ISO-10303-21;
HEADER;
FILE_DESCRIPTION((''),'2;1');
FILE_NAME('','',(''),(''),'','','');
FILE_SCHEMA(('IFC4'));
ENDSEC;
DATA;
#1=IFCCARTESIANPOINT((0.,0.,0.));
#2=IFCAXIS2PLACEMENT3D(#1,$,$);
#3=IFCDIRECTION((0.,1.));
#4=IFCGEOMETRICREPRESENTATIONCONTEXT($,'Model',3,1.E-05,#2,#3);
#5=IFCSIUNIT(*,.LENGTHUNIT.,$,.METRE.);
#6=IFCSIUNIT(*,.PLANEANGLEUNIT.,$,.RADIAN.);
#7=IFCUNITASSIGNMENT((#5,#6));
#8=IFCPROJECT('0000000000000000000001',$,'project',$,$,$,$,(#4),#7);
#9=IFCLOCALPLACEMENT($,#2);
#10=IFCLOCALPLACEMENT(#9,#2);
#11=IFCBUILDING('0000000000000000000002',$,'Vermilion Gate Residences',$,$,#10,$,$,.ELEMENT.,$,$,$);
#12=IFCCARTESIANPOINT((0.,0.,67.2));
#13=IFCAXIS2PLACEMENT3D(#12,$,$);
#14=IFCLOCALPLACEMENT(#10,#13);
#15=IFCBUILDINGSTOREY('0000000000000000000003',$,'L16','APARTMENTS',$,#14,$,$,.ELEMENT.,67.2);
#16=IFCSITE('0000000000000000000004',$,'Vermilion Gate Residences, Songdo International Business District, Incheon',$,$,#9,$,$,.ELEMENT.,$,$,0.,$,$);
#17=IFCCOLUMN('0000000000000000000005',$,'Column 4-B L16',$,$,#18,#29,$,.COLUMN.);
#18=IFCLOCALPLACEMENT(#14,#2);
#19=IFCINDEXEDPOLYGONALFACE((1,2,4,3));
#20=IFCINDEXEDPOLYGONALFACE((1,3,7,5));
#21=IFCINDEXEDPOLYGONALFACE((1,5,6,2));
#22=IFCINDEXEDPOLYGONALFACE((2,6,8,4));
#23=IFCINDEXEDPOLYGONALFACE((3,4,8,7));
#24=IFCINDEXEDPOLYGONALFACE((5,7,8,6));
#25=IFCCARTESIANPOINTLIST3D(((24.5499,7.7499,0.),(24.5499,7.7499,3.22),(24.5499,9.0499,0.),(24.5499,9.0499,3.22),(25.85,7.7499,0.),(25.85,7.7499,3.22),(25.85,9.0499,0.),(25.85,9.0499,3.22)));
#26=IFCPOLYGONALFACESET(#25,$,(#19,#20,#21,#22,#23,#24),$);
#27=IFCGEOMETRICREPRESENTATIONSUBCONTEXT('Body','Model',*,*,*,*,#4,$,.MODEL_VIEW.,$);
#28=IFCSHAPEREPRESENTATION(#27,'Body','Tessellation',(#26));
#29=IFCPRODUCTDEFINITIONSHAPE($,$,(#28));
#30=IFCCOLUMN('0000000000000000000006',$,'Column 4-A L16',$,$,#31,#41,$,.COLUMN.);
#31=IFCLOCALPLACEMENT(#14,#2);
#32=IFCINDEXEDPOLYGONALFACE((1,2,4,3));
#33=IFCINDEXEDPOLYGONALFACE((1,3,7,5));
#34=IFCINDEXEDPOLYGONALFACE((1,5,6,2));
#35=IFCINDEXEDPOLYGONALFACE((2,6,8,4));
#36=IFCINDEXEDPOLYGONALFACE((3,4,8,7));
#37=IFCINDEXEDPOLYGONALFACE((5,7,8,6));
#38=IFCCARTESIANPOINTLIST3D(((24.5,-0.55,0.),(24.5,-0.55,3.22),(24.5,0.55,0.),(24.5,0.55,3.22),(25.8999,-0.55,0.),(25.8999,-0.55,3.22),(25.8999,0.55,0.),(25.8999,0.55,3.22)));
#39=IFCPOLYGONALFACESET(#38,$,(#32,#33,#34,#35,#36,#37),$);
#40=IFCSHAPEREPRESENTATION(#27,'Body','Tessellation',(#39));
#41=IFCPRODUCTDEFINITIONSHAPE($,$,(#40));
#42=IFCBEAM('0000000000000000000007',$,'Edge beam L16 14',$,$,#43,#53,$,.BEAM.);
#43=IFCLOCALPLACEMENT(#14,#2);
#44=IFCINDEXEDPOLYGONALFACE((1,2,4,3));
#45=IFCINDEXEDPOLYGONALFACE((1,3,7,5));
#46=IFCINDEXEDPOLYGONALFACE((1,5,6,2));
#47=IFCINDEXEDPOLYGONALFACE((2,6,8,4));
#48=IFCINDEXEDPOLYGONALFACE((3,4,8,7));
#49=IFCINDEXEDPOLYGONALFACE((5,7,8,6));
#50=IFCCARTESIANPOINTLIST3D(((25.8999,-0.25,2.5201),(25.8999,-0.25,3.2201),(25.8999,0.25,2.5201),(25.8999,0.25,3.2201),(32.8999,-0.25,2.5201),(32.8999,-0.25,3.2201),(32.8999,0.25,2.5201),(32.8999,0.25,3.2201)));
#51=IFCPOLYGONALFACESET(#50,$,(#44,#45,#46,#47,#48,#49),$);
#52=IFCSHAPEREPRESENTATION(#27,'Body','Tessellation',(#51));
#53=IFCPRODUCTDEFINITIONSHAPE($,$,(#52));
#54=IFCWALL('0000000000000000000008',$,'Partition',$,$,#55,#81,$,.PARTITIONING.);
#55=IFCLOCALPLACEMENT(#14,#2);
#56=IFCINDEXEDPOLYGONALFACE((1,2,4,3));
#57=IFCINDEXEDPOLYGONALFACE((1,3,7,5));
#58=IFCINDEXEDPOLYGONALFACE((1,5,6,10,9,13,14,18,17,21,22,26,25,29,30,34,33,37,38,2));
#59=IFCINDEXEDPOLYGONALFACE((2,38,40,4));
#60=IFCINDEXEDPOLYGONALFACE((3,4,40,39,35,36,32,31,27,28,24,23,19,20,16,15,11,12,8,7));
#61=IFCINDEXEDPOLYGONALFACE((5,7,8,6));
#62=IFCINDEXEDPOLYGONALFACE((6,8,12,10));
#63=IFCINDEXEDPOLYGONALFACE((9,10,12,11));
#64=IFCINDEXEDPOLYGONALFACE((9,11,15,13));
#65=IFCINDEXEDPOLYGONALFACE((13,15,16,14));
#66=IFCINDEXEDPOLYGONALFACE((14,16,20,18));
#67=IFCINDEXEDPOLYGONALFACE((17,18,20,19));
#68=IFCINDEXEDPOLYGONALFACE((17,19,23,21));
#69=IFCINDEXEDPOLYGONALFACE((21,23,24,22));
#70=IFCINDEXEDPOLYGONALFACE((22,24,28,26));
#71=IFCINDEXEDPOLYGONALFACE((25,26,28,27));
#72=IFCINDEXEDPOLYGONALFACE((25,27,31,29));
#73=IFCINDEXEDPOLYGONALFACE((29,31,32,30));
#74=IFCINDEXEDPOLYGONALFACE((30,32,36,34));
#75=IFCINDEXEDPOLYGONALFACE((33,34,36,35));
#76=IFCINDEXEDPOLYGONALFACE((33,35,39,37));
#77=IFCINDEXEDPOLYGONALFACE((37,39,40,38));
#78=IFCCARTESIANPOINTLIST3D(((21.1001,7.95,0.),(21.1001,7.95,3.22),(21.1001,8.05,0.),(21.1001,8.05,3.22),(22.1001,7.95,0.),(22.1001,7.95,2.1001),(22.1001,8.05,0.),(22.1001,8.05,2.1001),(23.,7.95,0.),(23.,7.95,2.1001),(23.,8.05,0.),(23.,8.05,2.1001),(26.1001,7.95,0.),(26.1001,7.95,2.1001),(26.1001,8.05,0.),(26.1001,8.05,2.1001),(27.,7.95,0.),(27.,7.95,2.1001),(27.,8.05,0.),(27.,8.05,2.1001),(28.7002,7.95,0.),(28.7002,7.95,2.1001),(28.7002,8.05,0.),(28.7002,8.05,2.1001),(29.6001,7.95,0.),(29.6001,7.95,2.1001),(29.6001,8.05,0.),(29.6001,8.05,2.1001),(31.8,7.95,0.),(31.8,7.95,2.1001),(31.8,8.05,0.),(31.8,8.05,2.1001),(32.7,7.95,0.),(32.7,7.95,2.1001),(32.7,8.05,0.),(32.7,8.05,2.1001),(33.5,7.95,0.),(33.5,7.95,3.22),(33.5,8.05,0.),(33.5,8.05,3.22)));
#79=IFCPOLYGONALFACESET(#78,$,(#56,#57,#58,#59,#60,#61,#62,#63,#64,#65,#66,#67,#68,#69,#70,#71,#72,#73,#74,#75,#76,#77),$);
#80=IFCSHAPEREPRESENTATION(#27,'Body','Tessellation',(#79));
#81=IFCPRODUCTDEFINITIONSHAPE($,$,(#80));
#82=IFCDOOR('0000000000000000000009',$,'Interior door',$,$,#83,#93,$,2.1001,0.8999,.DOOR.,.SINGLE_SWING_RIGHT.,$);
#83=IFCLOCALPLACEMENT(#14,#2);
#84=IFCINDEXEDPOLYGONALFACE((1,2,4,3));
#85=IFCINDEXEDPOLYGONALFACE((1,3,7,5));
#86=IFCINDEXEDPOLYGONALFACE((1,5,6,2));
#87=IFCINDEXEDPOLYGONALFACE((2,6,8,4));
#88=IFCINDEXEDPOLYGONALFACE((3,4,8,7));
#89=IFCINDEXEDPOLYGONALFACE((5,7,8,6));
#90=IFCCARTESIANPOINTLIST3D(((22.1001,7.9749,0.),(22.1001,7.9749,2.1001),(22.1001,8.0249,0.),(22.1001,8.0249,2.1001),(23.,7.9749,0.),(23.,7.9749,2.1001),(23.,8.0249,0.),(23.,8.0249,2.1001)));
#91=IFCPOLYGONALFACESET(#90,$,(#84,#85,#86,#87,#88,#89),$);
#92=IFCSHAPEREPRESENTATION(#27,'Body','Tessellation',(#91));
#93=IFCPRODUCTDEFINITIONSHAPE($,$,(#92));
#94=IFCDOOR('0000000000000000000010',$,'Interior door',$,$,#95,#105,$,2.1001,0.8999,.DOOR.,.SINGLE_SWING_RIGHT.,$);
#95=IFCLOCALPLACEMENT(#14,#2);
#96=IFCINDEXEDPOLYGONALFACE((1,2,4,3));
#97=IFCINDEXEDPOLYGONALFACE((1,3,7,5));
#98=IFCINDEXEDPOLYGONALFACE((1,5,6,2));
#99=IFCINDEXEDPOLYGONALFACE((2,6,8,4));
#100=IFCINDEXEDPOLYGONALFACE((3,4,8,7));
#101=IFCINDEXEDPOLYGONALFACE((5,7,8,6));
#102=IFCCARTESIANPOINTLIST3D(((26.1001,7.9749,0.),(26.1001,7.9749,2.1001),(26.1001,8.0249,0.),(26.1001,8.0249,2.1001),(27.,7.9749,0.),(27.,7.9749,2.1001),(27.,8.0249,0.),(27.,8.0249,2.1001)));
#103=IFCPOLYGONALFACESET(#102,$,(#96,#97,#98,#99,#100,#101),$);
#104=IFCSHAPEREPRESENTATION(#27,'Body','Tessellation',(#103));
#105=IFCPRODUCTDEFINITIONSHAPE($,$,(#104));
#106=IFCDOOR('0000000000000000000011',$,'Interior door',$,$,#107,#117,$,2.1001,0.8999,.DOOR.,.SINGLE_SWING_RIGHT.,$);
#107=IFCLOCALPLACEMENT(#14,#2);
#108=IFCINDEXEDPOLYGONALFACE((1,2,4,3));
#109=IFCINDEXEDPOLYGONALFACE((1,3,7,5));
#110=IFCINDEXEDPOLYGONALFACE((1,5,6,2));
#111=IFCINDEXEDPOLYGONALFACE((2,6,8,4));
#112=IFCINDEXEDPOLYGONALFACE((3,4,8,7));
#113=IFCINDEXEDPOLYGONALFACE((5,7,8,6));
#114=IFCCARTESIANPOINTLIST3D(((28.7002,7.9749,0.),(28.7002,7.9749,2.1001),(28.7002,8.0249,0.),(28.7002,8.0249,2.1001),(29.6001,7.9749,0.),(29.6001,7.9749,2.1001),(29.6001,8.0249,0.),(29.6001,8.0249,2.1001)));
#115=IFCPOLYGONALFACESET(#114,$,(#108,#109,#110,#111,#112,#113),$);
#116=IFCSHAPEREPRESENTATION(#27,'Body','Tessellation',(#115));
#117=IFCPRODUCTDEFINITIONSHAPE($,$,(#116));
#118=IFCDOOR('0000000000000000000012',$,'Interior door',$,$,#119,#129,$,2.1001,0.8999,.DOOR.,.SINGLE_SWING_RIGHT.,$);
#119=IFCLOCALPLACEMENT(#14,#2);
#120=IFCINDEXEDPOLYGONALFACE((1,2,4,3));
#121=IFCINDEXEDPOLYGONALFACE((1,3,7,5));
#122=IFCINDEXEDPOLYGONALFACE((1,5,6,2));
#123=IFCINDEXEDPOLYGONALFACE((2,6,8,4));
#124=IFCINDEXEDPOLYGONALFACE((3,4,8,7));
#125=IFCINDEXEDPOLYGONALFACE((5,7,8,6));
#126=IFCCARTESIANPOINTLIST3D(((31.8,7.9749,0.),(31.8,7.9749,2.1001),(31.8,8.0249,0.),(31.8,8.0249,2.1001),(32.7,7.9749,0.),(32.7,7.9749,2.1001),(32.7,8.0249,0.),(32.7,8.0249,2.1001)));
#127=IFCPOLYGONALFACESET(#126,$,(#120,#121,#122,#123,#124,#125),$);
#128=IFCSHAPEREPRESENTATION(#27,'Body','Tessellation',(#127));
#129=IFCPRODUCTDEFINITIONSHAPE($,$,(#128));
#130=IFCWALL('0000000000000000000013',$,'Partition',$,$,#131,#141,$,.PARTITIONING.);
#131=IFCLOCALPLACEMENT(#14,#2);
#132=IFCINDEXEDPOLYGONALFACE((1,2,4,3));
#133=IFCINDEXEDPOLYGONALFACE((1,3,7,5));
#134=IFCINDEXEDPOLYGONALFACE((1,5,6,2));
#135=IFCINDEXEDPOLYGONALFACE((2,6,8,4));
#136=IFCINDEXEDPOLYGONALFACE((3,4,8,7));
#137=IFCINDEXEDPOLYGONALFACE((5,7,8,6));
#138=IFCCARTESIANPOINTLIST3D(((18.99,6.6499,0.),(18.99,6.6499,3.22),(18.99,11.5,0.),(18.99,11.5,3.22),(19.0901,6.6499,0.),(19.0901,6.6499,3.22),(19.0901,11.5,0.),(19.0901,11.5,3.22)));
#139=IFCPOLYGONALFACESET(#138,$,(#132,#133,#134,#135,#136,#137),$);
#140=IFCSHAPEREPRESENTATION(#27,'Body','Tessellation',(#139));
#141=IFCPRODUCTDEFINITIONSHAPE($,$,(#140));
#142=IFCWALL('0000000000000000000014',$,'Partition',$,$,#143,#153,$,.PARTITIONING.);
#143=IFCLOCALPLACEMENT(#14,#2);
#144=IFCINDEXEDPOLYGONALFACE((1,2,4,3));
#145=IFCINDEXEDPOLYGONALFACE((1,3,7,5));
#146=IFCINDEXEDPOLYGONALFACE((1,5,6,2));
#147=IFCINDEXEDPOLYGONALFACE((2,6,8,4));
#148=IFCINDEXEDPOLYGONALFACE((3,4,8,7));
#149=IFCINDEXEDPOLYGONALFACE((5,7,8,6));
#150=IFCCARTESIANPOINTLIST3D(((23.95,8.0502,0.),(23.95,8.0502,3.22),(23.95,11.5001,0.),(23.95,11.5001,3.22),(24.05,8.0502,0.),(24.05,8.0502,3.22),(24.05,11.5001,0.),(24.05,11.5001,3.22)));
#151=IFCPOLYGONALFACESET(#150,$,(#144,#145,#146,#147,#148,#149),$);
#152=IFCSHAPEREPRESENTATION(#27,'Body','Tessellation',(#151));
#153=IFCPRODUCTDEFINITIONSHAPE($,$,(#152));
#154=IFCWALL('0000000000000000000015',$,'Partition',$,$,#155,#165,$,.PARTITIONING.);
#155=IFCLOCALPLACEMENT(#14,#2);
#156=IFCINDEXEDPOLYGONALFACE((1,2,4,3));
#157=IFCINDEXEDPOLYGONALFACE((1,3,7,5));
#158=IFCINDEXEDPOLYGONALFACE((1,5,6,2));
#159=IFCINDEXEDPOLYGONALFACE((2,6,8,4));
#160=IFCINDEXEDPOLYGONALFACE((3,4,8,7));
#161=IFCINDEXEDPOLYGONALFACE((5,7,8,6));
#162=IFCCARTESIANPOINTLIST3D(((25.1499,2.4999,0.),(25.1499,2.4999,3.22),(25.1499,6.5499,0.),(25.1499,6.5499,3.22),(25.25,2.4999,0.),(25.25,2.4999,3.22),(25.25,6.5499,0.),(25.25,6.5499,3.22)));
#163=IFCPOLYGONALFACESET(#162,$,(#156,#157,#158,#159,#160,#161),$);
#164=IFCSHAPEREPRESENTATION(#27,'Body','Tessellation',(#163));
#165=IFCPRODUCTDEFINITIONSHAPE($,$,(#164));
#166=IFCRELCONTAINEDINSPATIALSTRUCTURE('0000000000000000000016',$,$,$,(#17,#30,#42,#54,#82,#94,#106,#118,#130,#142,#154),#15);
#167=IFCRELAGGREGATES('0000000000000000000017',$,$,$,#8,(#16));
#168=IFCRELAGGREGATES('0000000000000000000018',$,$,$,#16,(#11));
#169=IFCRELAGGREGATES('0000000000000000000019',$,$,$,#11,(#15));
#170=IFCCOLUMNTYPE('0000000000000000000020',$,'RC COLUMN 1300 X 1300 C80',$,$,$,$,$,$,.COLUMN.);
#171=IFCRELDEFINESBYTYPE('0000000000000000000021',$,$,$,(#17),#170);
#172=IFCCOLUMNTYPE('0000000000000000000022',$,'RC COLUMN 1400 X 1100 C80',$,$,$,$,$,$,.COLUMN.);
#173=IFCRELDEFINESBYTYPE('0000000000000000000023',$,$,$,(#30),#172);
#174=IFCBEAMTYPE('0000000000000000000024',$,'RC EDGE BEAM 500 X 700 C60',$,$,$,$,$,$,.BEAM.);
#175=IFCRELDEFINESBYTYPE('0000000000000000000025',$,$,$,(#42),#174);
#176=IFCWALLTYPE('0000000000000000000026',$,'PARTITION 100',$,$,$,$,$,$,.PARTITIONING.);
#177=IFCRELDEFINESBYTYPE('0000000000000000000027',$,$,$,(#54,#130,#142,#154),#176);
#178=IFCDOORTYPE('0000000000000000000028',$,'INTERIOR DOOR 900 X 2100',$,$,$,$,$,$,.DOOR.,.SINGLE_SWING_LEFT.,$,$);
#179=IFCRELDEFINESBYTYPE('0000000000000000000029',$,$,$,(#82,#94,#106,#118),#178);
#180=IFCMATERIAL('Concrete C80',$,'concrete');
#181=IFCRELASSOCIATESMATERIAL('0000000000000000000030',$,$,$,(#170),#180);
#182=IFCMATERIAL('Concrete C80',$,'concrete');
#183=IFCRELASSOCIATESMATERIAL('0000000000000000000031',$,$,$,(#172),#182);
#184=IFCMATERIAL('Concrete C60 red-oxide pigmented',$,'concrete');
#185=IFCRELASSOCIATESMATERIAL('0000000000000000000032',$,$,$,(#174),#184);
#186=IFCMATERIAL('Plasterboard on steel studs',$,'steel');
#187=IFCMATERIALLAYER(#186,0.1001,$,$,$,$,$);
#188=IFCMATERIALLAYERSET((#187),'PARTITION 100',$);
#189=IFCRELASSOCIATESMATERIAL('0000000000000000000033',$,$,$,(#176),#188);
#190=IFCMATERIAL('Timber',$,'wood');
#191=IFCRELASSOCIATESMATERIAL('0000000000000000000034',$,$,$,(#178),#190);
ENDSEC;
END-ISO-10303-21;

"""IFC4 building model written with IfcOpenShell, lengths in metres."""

from ifc_helpers import new_model, si_unit, direction, frame, frame_2d, origin, origin_2d, place, context, subcontext, project, spatial, rectangle, extrude, material, layer, layer_set, material_profile, profile_set, type_object, element, fill, save


model = new_model("IFC4")

# Units and contexts
model_context = context("Model", 3, precision=1e-05, world=origin(), true_north=direction((0.0, 1.0)))
body_context = subcontext(model_context, "Body", "Model", "MODEL_VIEW")
ifc_project = project(units=[si_unit("LENGTHUNIT", "METRE"), si_unit("PLANEANGLEUNIT", "RADIAN")], contexts=[model_context])

# Site, building, storey
site_placement = place(None, origin())
site = spatial("IfcSite", under=ifc_project, at=site_placement, Name="Vermilion Gate Residences, Songdo International Business District, Incheon", CompositionType="ELEMENT", RefElevation=0.0)
building_placement = place(site_placement, origin())
building = spatial("IfcBuilding", under=site, at=building_placement, Name="Vermilion Gate Residences", CompositionType="ELEMENT")
storey_placement = place(building_placement, frame((0.0, 0.0, 67.2)))
storey = spatial("IfcBuildingStorey", under=building, at=storey_placement, Name="L16", Description="APARTMENTS", CompositionType="ELEMENT", Elevation=67.2)

# Columns
ifc_material_1 = material(Name="Concrete C80", Category="concrete")
ifc_material_profile_1 = material_profile(ifc_material_1, rectangle(XDim=1.3, YDim=1.3, at=origin_2d()), Name="RC-1300x1300")
ifc_profile_set_1 = profile_set([ifc_material_profile_1], Name="Concrete C80")
column_type_1 = type_object("IfcColumnType", Name="RC COLUMN 1300 X 1300 C80", PredefinedType="COLUMN", material=ifc_profile_set_1)
column_1_placement = place(storey_placement, frame((25.2, 8.3999, 0.0), z_axis=(0.0, 0.0, 1.0), x_axis=(1.0, 0.0, 0.0)))
element("IfcColumn", 1, at=column_1_placement, inside=storey, type_object=column_type_1, Name="Column 4-B L16", PredefinedType="COLUMN", context=body_context, shape_type="SweptSolid", body=[
    extrude(rectangle(XDim=1.3, YDim=1.3, at=origin_2d()), origin(), (0.0, 0.0, 1.0), 3.22),
])
ifc_material_2 = material(Name="Concrete C80", Category="concrete")
ifc_material_profile_2 = material_profile(ifc_material_2, rectangle(XDim=1.3999, YDim=1.1001, at=origin_2d()), Name="RC-1400x1100")
ifc_profile_set_2 = profile_set([ifc_material_profile_2], Name="Concrete C80")
column_type_2 = type_object("IfcColumnType", Name="RC COLUMN 1400 X 1100 C80", PredefinedType="COLUMN", material=ifc_profile_set_2)
column_2_placement = place(storey_placement, frame((25.2, 0.0, 0.0), z_axis=(0.0, 0.0, 1.0), x_axis=(1.0, 0.0, 0.0)))
element("IfcColumn", 2, at=column_2_placement, inside=storey, type_object=column_type_2, Name="Column 4-A L16", PredefinedType="COLUMN", context=body_context, shape_type="SweptSolid", body=[
    extrude(rectangle(XDim=1.3999, YDim=1.1001, at=origin_2d()), origin(), (0.0, 0.0, 1.0), 3.22),
])

# Beam
ifc_material_3 = material(Name="Concrete C60 red-oxide pigmented", Category="concrete")
ifc_material_profile_3 = material_profile(ifc_material_3, rectangle(XDim=0.5, YDim=0.7, at=origin_2d()), Name="RC-500x700")
ifc_profile_set_3 = profile_set([ifc_material_profile_3], Name="Concrete C60 red-oxide pigmented")
beam_type = type_object("IfcBeamType", Name="RC EDGE BEAM 500 X 700 C60", PredefinedType="BEAM", material=ifc_profile_set_3)
beam_placement = place(storey_placement, frame((25.8999, 0.0, 2.8701), z_axis=(1.0, 0.0, 0.0), x_axis=(0.0, 1.0, 0.0)))
element("IfcBeam", 3, at=beam_placement, inside=storey, type_object=beam_type, Name="Edge beam L16 14", PredefinedType="BEAM", context=body_context, shape_type="SweptSolid", body=[
    extrude(rectangle(XDim=0.5, YDim=0.7, at=origin_2d()), origin(), (0.0, 0.0, 1.0), 7.0),
])

# Wall, openings, doors
ifc_material_4 = material(Name="Plasterboard on steel studs", Category="steel")
ifc_layer_1 = layer(ifc_material_4, 0.1001)
ifc_layer_set_1 = layer_set([ifc_layer_1], Name="PARTITION 100")
wall_type_1 = type_object("IfcWallType", Name="PARTITION 100", PredefinedType="PARTITIONING", material=ifc_layer_set_1)
wall_1_placement = place(storey_placement, frame((21.1001, 8.0, 0.0), z_axis=(0.0, 0.0, 1.0), x_axis=(1.0, 0.0, 0.0)))
wall_1 = element("IfcWall", 4, at=wall_1_placement, inside=storey, type_object=wall_type_1, Name="Partition", PredefinedType="PARTITIONING", context=body_context, shape_type="SweptSolid", body=[
    extrude(rectangle(XDim=12.3999, YDim=0.1001, at=frame_2d((6.2, 0.0))), origin(), (0.0, 0.0, 1.0), 3.22),
])
opening_1_placement = place(wall_1_placement, frame((1.0, 0.0, 0.0)))
opening_1 = element("IfcOpeningElement", 5, at=opening_1_placement, cuts=wall_1, PredefinedType="OPENING", context=body_context, shape_type="SweptSolid", body=[
    extrude(rectangle(XDim=0.8999, YDim=2.1001, at=frame_2d((0.45, 1.05))), frame((0.0, 0.0601, 0.0), z_axis=(0.0, -1.0, 0.0), x_axis=(1.0, 0.0, 0.0)), (0.0, 0.0, 1.0), 0.1201),
])
opening_2_placement = place(wall_1_placement, frame((5.0, 0.0, 0.0)))
opening_2 = element("IfcOpeningElement", 6, at=opening_2_placement, cuts=wall_1, PredefinedType="OPENING", context=body_context, shape_type="SweptSolid", body=[
    extrude(rectangle(XDim=0.8999, YDim=2.1001, at=frame_2d((0.45, 1.05))), frame((0.0, 0.0601, 0.0), z_axis=(0.0, -1.0, 0.0), x_axis=(1.0, 0.0, 0.0)), (0.0, 0.0, 1.0), 0.1201),
])
opening_3_placement = place(wall_1_placement, frame((7.6001, 0.0, 0.0)))
opening_3 = element("IfcOpeningElement", 7, at=opening_3_placement, cuts=wall_1, PredefinedType="OPENING", context=body_context, shape_type="SweptSolid", body=[
    extrude(rectangle(XDim=0.8999, YDim=2.1001, at=frame_2d((0.45, 1.05))), frame((0.0, 0.0601, 0.0), z_axis=(0.0, -1.0, 0.0), x_axis=(1.0, 0.0, 0.0)), (0.0, 0.0, 1.0), 0.1201),
])
opening_4_placement = place(wall_1_placement, frame((10.7, 0.0, 0.0)))
opening_4 = element("IfcOpeningElement", 8, at=opening_4_placement, cuts=wall_1, PredefinedType="OPENING", context=body_context, shape_type="SweptSolid", body=[
    extrude(rectangle(XDim=0.8999, YDim=2.1001, at=frame_2d((0.45, 1.05))), frame((0.0, 0.0601, 0.0), z_axis=(0.0, -1.0, 0.0), x_axis=(1.0, 0.0, 0.0)), (0.0, 0.0, 1.0), 0.1201),
])
ifc_material_5 = material(Name="Timber", Category="wood")
door_type = type_object("IfcDoorType", Name="INTERIOR DOOR 900 X 2100", OperationType="SINGLE_SWING_LEFT", PredefinedType="DOOR", material=ifc_material_5)
door_1_placement = place(opening_1_placement, origin())
door_1 = element("IfcDoor", 9, at=door_1_placement, inside=storey, type_object=door_type, Name="Interior door", OperationType="SINGLE_SWING_RIGHT", OverallHeight=2.1001, OverallWidth=0.8999, PredefinedType="DOOR", context=body_context, shape_type="SweptSolid", body=[
    extrude(rectangle(XDim=0.8999, YDim=2.1001, at=frame_2d((0.45, 1.05))), frame((0.0, 0.0249, 0.0), z_axis=(0.0, -1.0, 0.0), x_axis=(1.0, 0.0, 0.0)), (0.0, 0.0, 1.0), 0.05),
])
fill(opening_1, door_1)
door_2_placement = place(opening_2_placement, origin())
door_2 = element("IfcDoor", 10, at=door_2_placement, inside=storey, type_object=door_type, Name="Interior door", OperationType="SINGLE_SWING_RIGHT", OverallHeight=2.1001, OverallWidth=0.8999, PredefinedType="DOOR", context=body_context, shape_type="SweptSolid", body=[
    extrude(rectangle(XDim=0.8999, YDim=2.1001, at=frame_2d((0.45, 1.05))), frame((0.0, 0.0249, 0.0), z_axis=(0.0, -1.0, 0.0), x_axis=(1.0, 0.0, 0.0)), (0.0, 0.0, 1.0), 0.05),
])
fill(opening_2, door_2)
door_3_placement = place(opening_3_placement, origin())
door_3 = element("IfcDoor", 11, at=door_3_placement, inside=storey, type_object=door_type, Name="Interior door", OperationType="SINGLE_SWING_RIGHT", OverallHeight=2.1001, OverallWidth=0.8999, PredefinedType="DOOR", context=body_context, shape_type="SweptSolid", body=[
    extrude(rectangle(XDim=0.8999, YDim=2.1001, at=frame_2d((0.45, 1.05))), frame((0.0, 0.0249, 0.0), z_axis=(0.0, -1.0, 0.0), x_axis=(1.0, 0.0, 0.0)), (0.0, 0.0, 1.0), 0.05),
])
fill(opening_3, door_3)
door_4_placement = place(opening_4_placement, origin())
door_4 = element("IfcDoor", 12, at=door_4_placement, inside=storey, type_object=door_type, Name="Interior door", OperationType="SINGLE_SWING_RIGHT", OverallHeight=2.1001, OverallWidth=0.8999, PredefinedType="DOOR", context=body_context, shape_type="SweptSolid", body=[
    extrude(rectangle(XDim=0.8999, YDim=2.1001, at=frame_2d((0.45, 1.05))), frame((0.0, 0.0249, 0.0), z_axis=(0.0, -1.0, 0.0), x_axis=(1.0, 0.0, 0.0)), (0.0, 0.0, 1.0), 0.05),
])
fill(opening_4, door_4)

# Walls
wall_2_placement = place(storey_placement, frame((19.04, 6.6499, 0.0), z_axis=(0.0, 0.0, 1.0), x_axis=(0.0, 1.0, 0.0)))
element("IfcWall", 13, at=wall_2_placement, inside=storey, type_object=wall_type_1, Name="Partition", PredefinedType="PARTITIONING", context=body_context, shape_type="SweptSolid", body=[
    extrude(rectangle(XDim=4.8501, YDim=0.1001, at=frame_2d((2.425, 0.0))), origin(), (0.0, 0.0, 1.0), 3.22),
])
wall_3_placement = place(storey_placement, frame((24.0, 8.05, 0.0), z_axis=(0.0, 0.0, 1.0), x_axis=(0.0, 1.0, 0.0)))
element("IfcWall", 14, at=wall_3_placement, inside=storey, type_object=wall_type_1, Name="Partition", PredefinedType="PARTITIONING", context=body_context, shape_type="SweptSolid", body=[
    extrude(rectangle(XDim=3.45, YDim=0.1001, at=frame_2d((1.7251, 0.0))), origin(), (0.0, 0.0, 1.0), 3.22),
])
wall_4_placement = place(storey_placement, frame((25.2, 2.5, 0.0), z_axis=(0.0, 0.0, 1.0), x_axis=(0.0, 1.0, 0.0)))
element("IfcWall", 15, at=wall_4_placement, inside=storey, type_object=wall_type_1, Name="Partition", PredefinedType="PARTITIONING", context=body_context, shape_type="SweptSolid", body=[
    extrude(rectangle(XDim=4.05, YDim=0.1001, at=frame_2d((2.0249, 0.0))), origin(), (0.0, 0.0, 1.0), 3.22),
])

save(model, "model.ifc")
